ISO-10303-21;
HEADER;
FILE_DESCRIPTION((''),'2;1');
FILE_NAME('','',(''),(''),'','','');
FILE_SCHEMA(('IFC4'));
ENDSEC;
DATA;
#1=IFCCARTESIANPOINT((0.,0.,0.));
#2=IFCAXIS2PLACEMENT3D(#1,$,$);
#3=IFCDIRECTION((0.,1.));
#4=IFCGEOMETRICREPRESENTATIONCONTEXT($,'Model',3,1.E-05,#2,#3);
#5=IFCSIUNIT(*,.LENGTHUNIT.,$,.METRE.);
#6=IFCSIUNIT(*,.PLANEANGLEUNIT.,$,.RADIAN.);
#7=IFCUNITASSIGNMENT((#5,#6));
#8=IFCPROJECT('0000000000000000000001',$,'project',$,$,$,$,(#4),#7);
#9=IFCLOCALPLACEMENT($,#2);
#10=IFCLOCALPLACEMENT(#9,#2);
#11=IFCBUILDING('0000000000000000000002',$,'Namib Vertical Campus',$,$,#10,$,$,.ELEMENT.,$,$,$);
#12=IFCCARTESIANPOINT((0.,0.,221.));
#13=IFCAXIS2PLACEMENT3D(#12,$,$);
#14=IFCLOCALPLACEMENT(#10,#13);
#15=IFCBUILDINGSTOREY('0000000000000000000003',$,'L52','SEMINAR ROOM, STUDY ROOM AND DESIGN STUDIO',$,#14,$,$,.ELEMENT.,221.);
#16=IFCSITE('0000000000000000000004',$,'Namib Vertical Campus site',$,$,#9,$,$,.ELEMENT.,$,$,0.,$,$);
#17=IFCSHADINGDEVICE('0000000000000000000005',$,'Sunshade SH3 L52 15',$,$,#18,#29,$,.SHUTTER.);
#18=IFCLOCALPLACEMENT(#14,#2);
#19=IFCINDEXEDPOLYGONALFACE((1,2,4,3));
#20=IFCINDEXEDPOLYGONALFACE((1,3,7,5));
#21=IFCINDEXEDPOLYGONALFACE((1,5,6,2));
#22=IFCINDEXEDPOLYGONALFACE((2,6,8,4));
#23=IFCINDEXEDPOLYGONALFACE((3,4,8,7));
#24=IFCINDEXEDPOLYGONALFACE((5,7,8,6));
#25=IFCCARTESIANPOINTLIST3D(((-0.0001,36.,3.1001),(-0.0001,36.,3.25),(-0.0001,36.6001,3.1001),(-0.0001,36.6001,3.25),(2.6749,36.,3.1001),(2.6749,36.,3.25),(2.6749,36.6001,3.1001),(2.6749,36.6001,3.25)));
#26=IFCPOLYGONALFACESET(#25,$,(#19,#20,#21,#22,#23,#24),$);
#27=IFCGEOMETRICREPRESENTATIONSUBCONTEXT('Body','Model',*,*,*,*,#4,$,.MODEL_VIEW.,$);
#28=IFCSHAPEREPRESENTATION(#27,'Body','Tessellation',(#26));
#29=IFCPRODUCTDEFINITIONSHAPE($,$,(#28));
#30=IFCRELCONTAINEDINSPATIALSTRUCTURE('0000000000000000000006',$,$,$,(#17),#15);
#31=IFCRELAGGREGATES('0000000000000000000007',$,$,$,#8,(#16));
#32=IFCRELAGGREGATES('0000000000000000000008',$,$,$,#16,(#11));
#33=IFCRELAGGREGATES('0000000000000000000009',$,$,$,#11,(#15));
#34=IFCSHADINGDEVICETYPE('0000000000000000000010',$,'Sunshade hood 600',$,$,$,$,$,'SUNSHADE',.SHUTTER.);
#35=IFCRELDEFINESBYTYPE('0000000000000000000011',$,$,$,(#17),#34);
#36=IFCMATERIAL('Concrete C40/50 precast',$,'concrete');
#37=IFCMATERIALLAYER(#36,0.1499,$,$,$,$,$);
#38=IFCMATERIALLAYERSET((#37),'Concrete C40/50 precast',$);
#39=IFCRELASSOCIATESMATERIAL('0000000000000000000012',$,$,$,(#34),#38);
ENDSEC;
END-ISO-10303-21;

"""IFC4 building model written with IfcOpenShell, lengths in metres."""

from ifc_helpers import new_model, si_unit, direction, frame, origin, origin_2d, place, context, subcontext, project, spatial, rectangle, extrude, material, layer, layer_set, type_object, element, save


model = new_model("IFC4")

# Units and contexts
model_context = context("Model", 3, precision=1e-05, world=origin(), true_north=direction((0.0, 1.0)))
body_context = subcontext(model_context, "Body", "Model", "MODEL_VIEW")
ifc_project = project(units=[si_unit("LENGTHUNIT", "METRE"), si_unit("PLANEANGLEUNIT", "RADIAN")], contexts=[model_context])

# Site, building, storey
site_placement = place(None, origin())
site = spatial("IfcSite", under=ifc_project, at=site_placement, Name="Namib Vertical Campus site", CompositionType="ELEMENT", RefElevation=0.0)
building_placement = place(site_placement, origin())
building = spatial("IfcBuilding", under=site, at=building_placement, Name="Namib Vertical Campus", CompositionType="ELEMENT")
storey_placement = place(building_placement, frame((0.0, 0.0, 221.0)))
storey = spatial("IfcBuildingStorey", under=building, at=storey_placement, Name="L52", Description="SEMINAR ROOM, STUDY ROOM AND DESIGN STUDIO", CompositionType="ELEMENT", Elevation=221.0)

# Shading device
ifc_material_1 = material(Name="Concrete C40/50 precast", Category="concrete")
ifc_layer_1 = layer(ifc_material_1, 0.1499)
ifc_layer_set_1 = layer_set([ifc_layer_1], Name="Concrete C40/50 precast")
shading_device_type = type_object("IfcShadingDeviceType", Name="Sunshade hood 600", ElementType="SUNSHADE", PredefinedType="SHUTTER", material=ifc_layer_set_1)
for number, where, z_axis, x_axis, name in (
    (1, (1.3374, 36.3, 3.1001), (0.0, 0.0, 1.0), (-1.0, 0.0, 0.0), "Sunshade SH3 L52 15"),
):
    element("IfcShadingDevice", number, at=place(storey_placement, frame(where, z_axis=z_axis, x_axis=x_axis)), inside=storey, type_object=shading_device_type, Name=name, PredefinedType="SHUTTER", context=body_context, shape_type="SweptSolid", body=[
        extrude(rectangle(XDim=2.675, YDim=0.6001, at=origin_2d()), origin(), (0.0, 0.0, 1.0), 0.1499),
    ])

save(model, "model.ifc")
